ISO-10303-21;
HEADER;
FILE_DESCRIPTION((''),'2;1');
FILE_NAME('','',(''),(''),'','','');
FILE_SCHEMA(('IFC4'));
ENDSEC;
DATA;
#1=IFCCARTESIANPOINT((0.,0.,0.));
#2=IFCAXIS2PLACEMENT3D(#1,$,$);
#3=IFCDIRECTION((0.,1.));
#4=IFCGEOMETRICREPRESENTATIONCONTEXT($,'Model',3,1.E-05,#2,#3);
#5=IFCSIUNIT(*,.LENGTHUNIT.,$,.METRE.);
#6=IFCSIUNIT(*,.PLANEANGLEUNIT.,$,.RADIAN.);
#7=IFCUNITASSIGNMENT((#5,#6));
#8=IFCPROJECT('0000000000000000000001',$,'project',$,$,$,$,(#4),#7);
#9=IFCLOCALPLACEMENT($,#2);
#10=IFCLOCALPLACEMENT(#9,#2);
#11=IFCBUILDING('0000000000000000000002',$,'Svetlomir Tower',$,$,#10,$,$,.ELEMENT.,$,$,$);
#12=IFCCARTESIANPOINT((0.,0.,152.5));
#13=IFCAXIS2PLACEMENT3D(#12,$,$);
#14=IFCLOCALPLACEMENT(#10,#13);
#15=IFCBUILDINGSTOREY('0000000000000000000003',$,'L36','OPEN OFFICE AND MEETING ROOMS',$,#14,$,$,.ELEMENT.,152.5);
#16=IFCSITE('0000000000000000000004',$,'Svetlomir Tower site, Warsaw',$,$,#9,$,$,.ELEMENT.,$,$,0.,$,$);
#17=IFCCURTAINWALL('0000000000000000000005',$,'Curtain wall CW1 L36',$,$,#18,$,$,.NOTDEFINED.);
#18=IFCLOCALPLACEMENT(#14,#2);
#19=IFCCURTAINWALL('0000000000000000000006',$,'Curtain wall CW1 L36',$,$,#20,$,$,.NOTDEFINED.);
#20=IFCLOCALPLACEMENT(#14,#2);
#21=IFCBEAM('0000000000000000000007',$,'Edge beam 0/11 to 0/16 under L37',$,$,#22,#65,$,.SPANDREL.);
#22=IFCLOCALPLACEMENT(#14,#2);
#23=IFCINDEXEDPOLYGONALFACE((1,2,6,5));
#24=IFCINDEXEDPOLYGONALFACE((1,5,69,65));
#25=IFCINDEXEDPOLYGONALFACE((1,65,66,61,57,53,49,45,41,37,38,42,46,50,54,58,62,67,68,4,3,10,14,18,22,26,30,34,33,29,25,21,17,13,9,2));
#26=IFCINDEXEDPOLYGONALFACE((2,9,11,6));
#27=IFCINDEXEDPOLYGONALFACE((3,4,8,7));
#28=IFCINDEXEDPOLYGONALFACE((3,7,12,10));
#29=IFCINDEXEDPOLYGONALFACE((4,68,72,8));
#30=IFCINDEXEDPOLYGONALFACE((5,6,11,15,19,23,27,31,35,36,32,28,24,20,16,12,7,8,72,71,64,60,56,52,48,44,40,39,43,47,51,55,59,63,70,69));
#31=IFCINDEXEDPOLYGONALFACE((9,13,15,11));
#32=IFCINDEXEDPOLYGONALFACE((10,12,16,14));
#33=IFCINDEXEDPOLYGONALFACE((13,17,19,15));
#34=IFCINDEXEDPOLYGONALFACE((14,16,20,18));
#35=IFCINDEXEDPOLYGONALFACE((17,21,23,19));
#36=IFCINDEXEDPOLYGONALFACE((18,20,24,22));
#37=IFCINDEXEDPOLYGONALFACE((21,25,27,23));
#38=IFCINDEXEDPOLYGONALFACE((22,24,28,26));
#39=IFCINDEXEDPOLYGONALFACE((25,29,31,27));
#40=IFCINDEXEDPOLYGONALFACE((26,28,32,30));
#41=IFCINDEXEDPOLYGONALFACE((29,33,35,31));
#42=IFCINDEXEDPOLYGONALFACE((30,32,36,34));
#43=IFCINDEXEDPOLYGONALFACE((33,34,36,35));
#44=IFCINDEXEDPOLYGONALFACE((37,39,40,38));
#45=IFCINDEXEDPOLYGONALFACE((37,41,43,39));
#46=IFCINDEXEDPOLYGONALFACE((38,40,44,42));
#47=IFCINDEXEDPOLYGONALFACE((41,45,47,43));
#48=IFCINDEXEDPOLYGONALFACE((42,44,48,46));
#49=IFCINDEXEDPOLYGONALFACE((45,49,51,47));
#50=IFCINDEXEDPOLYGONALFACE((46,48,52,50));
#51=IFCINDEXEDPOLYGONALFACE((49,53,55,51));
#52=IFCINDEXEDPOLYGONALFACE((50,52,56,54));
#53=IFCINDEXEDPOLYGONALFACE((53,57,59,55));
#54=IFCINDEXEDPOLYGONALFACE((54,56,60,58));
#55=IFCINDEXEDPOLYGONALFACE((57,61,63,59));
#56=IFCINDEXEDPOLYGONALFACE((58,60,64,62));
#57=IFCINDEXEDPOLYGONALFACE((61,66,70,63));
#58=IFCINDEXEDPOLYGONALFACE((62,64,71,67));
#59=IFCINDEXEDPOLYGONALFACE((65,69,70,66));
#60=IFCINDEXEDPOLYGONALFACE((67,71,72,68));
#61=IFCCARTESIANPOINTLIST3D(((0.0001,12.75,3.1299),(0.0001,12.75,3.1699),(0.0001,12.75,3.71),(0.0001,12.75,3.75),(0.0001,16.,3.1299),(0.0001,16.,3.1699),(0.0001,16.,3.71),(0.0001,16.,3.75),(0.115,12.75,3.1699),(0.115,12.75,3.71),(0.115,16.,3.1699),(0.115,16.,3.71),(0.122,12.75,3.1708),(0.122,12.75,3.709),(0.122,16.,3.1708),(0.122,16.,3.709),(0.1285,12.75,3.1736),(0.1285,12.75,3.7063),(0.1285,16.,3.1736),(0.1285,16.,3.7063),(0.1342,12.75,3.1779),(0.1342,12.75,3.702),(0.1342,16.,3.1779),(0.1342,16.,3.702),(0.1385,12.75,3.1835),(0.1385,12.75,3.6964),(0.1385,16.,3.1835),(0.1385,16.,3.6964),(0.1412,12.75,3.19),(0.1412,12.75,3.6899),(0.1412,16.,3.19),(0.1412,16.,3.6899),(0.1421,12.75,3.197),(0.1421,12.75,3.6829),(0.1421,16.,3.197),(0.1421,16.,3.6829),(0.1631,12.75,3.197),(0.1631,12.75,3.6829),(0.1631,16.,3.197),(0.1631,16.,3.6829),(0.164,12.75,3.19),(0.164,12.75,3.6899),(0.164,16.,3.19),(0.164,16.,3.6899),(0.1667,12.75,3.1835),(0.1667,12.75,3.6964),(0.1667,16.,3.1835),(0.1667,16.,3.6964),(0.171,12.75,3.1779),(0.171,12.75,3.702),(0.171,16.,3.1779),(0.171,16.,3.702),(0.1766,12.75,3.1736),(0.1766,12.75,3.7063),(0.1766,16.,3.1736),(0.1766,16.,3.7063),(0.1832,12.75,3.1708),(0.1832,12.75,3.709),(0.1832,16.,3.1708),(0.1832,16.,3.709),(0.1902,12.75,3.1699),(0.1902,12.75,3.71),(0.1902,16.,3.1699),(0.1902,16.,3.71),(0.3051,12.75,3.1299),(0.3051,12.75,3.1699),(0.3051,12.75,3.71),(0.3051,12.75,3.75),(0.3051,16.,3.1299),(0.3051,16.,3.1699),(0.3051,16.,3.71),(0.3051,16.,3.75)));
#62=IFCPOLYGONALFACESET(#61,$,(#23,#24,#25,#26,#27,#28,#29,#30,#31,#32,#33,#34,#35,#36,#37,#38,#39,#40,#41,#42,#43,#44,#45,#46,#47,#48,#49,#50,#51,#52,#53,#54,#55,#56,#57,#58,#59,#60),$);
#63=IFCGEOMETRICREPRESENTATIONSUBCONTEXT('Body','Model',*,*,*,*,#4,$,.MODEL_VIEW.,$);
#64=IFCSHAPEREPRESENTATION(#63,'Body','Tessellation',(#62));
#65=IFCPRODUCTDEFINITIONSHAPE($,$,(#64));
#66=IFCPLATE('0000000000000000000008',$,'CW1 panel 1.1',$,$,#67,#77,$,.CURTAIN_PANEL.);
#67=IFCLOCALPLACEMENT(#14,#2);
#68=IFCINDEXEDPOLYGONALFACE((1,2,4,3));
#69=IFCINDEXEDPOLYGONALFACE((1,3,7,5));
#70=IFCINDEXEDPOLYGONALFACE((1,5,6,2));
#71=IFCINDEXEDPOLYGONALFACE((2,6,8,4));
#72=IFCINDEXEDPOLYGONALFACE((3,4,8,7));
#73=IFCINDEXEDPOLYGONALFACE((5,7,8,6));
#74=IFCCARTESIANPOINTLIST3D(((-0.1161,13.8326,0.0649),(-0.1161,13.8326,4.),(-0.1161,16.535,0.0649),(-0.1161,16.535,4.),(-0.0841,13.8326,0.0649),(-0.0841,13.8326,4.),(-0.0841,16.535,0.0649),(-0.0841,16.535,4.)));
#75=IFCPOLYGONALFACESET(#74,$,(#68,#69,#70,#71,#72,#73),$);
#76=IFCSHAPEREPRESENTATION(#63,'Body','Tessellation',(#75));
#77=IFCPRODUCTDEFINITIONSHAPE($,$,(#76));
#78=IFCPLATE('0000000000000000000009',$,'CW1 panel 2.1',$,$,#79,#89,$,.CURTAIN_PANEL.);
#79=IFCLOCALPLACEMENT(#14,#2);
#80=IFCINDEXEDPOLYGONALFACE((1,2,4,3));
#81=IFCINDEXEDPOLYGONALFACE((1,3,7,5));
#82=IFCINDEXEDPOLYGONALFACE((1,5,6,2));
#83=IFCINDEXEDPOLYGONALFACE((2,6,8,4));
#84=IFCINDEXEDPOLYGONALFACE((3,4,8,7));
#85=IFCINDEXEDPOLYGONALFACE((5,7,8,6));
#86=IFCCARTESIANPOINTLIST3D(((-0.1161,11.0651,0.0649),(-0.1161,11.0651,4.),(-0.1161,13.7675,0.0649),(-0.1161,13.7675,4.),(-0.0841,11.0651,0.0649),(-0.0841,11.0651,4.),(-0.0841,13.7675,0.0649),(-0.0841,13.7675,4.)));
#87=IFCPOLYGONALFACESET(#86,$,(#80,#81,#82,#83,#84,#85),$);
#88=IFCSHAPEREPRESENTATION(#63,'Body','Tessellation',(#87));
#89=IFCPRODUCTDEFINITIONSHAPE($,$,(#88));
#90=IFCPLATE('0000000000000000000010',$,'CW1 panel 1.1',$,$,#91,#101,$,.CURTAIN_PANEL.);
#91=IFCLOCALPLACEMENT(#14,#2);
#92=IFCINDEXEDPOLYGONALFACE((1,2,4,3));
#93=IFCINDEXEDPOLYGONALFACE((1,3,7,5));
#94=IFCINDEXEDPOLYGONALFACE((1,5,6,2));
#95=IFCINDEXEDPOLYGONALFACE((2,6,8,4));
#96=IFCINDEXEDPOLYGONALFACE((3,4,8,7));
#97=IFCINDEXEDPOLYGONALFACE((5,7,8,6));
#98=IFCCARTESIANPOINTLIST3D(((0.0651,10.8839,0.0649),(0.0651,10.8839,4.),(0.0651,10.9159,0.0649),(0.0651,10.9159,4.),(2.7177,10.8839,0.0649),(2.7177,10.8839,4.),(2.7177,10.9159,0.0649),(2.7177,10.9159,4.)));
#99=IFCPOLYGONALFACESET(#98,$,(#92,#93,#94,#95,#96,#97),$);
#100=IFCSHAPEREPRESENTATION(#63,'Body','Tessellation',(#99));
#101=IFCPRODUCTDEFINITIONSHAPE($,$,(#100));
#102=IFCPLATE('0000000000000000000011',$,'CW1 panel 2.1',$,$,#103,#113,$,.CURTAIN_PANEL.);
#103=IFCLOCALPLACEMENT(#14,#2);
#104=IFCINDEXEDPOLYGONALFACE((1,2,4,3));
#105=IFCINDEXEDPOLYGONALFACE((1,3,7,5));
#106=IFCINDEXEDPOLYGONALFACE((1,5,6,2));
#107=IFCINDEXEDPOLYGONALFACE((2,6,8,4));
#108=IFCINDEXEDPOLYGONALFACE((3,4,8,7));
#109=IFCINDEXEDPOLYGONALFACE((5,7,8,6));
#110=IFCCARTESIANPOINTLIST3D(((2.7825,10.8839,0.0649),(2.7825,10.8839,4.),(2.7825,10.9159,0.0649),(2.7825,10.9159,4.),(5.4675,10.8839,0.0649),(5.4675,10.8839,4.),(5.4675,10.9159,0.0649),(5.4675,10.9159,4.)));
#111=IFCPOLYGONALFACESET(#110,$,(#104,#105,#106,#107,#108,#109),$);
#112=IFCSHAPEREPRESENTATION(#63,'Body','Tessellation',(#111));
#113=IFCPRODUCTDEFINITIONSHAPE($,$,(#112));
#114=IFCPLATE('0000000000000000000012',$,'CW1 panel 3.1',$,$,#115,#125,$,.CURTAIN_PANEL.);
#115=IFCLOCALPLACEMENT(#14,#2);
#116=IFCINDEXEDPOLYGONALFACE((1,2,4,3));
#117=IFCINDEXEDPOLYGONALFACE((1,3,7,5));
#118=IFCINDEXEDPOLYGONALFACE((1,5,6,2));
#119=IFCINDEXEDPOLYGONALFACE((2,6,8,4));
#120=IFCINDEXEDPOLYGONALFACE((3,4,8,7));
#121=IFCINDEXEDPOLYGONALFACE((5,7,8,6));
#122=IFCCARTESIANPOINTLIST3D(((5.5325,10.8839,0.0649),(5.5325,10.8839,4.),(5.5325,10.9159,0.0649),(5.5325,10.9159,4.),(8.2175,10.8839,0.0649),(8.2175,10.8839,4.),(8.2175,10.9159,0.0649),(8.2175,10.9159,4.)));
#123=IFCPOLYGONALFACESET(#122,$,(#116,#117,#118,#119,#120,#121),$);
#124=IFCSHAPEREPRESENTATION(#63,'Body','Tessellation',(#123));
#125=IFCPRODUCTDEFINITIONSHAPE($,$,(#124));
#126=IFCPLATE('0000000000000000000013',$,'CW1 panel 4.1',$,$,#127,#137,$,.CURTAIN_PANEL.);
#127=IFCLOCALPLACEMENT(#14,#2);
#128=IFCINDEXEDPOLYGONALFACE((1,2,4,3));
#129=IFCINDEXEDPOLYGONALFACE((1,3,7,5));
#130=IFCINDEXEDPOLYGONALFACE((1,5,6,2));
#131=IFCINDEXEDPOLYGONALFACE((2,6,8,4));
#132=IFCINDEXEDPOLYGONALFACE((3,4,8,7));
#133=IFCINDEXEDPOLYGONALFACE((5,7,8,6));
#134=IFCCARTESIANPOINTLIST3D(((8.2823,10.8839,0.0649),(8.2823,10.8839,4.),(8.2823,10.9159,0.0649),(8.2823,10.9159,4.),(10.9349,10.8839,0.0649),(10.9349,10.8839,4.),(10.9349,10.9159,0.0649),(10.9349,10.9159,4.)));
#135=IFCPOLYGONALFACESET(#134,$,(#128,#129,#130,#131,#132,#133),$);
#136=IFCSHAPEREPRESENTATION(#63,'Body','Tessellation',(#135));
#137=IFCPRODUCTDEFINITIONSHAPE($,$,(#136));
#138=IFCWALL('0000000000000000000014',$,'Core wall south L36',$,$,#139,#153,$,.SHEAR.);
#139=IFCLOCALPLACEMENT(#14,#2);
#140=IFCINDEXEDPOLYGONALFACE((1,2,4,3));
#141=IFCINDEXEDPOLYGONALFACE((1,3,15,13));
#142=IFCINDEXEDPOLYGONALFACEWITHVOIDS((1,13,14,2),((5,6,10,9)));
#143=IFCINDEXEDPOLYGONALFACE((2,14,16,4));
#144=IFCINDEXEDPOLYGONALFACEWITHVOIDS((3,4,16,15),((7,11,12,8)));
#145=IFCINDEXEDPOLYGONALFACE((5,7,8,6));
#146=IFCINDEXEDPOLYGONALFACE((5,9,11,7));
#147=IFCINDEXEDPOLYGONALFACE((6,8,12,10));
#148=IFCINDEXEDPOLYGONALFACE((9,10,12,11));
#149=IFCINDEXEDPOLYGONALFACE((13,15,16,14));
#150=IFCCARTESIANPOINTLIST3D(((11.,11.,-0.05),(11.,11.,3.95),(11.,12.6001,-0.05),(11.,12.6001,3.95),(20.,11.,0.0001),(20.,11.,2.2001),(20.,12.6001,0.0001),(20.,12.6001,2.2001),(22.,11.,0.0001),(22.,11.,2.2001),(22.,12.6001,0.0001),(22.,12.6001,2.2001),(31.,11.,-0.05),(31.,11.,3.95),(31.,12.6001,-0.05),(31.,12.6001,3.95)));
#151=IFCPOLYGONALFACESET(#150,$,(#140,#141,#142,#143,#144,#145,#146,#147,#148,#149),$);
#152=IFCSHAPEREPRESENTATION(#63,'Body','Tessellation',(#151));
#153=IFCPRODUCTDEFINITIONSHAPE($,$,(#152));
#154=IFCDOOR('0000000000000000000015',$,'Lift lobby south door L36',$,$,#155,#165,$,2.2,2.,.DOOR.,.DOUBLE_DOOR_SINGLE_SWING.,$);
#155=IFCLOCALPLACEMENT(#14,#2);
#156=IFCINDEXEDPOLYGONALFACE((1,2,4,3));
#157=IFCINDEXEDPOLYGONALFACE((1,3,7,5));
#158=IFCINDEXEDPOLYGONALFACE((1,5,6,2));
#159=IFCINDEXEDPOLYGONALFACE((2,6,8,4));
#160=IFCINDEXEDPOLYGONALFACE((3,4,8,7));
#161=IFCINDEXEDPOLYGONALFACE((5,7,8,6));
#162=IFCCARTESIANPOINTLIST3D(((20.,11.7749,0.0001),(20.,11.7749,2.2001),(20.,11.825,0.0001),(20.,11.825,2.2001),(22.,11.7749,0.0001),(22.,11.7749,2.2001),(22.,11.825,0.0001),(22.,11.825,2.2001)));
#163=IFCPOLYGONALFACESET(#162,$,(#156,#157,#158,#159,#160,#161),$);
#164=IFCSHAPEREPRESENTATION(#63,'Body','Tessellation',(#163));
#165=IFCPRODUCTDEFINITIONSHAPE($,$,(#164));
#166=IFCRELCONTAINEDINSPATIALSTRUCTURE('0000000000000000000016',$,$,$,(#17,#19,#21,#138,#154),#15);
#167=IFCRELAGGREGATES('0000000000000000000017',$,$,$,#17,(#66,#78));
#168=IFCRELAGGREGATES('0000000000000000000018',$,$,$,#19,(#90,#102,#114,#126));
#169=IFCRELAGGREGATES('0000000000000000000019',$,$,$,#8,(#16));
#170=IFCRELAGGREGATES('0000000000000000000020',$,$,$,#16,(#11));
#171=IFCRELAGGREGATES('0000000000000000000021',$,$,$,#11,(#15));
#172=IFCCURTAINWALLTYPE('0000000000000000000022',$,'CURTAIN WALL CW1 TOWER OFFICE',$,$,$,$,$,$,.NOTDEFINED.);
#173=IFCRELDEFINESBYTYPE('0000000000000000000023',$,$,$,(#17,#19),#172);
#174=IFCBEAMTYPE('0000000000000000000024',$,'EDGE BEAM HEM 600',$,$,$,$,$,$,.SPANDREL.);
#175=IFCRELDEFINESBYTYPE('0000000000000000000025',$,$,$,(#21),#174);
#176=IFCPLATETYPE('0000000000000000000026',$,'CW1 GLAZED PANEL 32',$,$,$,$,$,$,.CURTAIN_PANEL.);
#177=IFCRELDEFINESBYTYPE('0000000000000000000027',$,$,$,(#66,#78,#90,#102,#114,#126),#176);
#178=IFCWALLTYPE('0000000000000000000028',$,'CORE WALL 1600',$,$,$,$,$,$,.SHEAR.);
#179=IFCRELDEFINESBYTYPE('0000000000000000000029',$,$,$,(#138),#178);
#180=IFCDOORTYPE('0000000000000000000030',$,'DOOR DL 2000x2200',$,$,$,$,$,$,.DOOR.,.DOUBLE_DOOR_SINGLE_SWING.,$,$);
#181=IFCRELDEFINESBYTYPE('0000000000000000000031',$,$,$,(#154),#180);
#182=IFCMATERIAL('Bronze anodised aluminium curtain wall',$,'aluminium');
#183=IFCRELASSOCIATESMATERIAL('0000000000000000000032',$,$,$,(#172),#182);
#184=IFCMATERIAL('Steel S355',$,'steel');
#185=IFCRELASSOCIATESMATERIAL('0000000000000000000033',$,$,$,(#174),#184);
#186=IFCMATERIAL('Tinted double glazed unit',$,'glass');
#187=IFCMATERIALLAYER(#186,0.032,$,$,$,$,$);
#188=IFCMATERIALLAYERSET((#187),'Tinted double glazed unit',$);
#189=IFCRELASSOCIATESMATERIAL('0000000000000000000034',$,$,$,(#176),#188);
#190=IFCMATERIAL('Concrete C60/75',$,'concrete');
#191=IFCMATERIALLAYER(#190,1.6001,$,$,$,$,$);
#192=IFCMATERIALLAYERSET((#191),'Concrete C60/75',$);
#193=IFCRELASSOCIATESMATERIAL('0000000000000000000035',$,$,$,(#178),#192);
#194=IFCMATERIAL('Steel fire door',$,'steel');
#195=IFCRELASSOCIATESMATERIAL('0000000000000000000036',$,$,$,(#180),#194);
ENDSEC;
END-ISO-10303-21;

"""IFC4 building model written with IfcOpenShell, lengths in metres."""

from ifc_helpers import new_model, si_unit, direction, frame, frame_2d, origin, origin_2d, place, context, subcontext, project, spatial, rectangle, i_section, extrude, material, layer, layer_set, material_profile, profile_set, type_object, element, fill, aggregate, save


model = new_model("IFC4")

# Units and contexts
model_context = context("Model", 3, precision=1e-05, world=origin(), true_north=direction((0.0, 1.0)))
body_context = subcontext(model_context, "Body", "Model", "MODEL_VIEW")
ifc_project = project(units=[si_unit("LENGTHUNIT", "METRE"), si_unit("PLANEANGLEUNIT", "RADIAN")], contexts=[model_context])

# Site, building, storey
site_placement = place(None, origin())
site = spatial("IfcSite", under=ifc_project, at=site_placement, Name="Svetlomir Tower site, Warsaw", CompositionType="ELEMENT", RefElevation=0.0)
building_placement = place(site_placement, origin())
building = spatial("IfcBuilding", under=site, at=building_placement, Name="Svetlomir Tower", CompositionType="ELEMENT")
storey_placement = place(building_placement, frame((0.0, 0.0, 152.5)))
storey = spatial("IfcBuildingStorey", under=building, at=storey_placement, Name="L36", Description="OPEN OFFICE AND MEETING ROOMS", CompositionType="ELEMENT", Elevation=152.5)

# Curtain walls
ifc_material_1 = material(Name="Bronze anodised aluminium curtain wall", Category="aluminium")
curtain_wall_type = type_object("IfcCurtainWallType", Name="CURTAIN WALL CW1 TOWER OFFICE", PredefinedType="NOTDEFINED", material=ifc_material_1)
curtain_wall_1_placement = place(storey_placement, origin())
curtain_wall_1 = element("IfcCurtainWall", 1, at=curtain_wall_1_placement, inside=storey, type_object=curtain_wall_type, Name="Curtain wall CW1 L36", PredefinedType="NOTDEFINED")
curtain_wall_2_placement = place(storey_placement, origin())
curtain_wall_2 = element("IfcCurtainWall", 2, at=curtain_wall_2_placement, inside=storey, type_object=curtain_wall_type, Name="Curtain wall CW1 L36", PredefinedType="NOTDEFINED")

# Beam
ifc_material_2 = material(Name="Steel S355", Category="steel")
ifc_material_profile_1 = material_profile(ifc_material_2, i_section(OverallWidth=0.3049, OverallDepth=0.6201, WebThickness=0.021, FlangeThickness=0.04, FilletRadius=0.0271, at=origin_2d()), Name="HEM 600")
ifc_profile_set_1 = profile_set([ifc_material_profile_1], Name="Steel S355")
beam_type = type_object("IfcBeamType", Name="EDGE BEAM HEM 600", PredefinedType="SPANDREL", material=ifc_profile_set_1)
beam_placement = place(storey_placement, frame((0.1526, 12.75, 3.4399), z_axis=(0.0, 1.0, 0.0), x_axis=(-1.0, 0.0, 0.0)))
element("IfcBeam", 3, at=beam_placement, inside=storey, type_object=beam_type, Name="Edge beam 0/11 to 0/16 under L37", PredefinedType="SPANDREL", context=body_context, shape_type="SweptSolid", body=[
    extrude(i_section(OverallWidth=0.3049, OverallDepth=0.6201, WebThickness=0.021, FlangeThickness=0.04, FilletRadius=0.0271, at=origin_2d()), origin(), (0.0, 0.0, 1.0), 3.25),
])

# Plates
ifc_material_3 = material(Name="Tinted double glazed unit", Category="glass")
ifc_layer_1 = layer(ifc_material_3, 0.032)
ifc_layer_set_1 = layer_set([ifc_layer_1], Name="Tinted double glazed unit")
plate_type = type_object("IfcPlateType", Name="CW1 GLAZED PANEL 32", PredefinedType="CURTAIN_PANEL", material=ifc_layer_set_1)
plate_1_placement = place(storey_placement, frame((-0.1001, 15.1838, 0.0649), z_axis=(0.0, 0.0, 1.0), x_axis=(0.0, -1.0, 0.0)))
plate_1 = element("IfcPlate", 4, at=plate_1_placement, type_object=plate_type, Name="CW1 panel 1.1", PredefinedType="CURTAIN_PANEL", context=body_context, shape_type="SweptSolid", body=[
    extrude(rectangle(XDim=2.7024, YDim=0.032, at=origin_2d()), origin(), (0.0, 0.0, 1.0), 3.9351),
])
plate_2_placement = place(storey_placement, frame((-0.1001, 12.4163, 0.0649), z_axis=(0.0, 0.0, 1.0), x_axis=(0.0, -1.0, 0.0)))
plate_2 = element("IfcPlate", 5, at=plate_2_placement, type_object=plate_type, Name="CW1 panel 2.1", PredefinedType="CURTAIN_PANEL", context=body_context, shape_type="SweptSolid", body=[
    extrude(rectangle(XDim=2.7024, YDim=0.032, at=origin_2d()), origin(), (0.0, 0.0, 1.0), 3.9351),
])
aggregate(curtain_wall_1, [plate_1, plate_2])
plate_3_placement = place(storey_placement, frame((1.3914, 10.8999, 0.0649), z_axis=(0.0, 0.0, 1.0), x_axis=(1.0, 0.0, 0.0)))
plate_3 = element("IfcPlate", 6, at=plate_3_placement, type_object=plate_type, Name="CW1 panel 1.1", PredefinedType="CURTAIN_PANEL", context=body_context, shape_type="SweptSolid", body=[
    extrude(rectangle(XDim=2.6526, YDim=0.032, at=origin_2d()), origin(), (0.0, 0.0, 1.0), 3.9351),
])
plate_4_placement = place(storey_placement, frame((4.125, 10.8999, 0.0649), z_axis=(0.0, 0.0, 1.0), x_axis=(1.0, 0.0, 0.0)))
plate_4 = element("IfcPlate", 7, at=plate_4_placement, type_object=plate_type, Name="CW1 panel 2.1", PredefinedType="CURTAIN_PANEL", context=body_context, shape_type="SweptSolid", body=[
    extrude(rectangle(XDim=2.6851, YDim=0.032, at=origin_2d()), origin(), (0.0, 0.0, 1.0), 3.9351),
])
plate_5_placement = place(storey_placement, frame((6.875, 10.8999, 0.0649), z_axis=(0.0, 0.0, 1.0), x_axis=(1.0, 0.0, 0.0)))
plate_5 = element("IfcPlate", 8, at=plate_5_placement, type_object=plate_type, Name="CW1 panel 3.1", PredefinedType="CURTAIN_PANEL", context=body_context, shape_type="SweptSolid", body=[
    extrude(rectangle(XDim=2.6851, YDim=0.032, at=origin_2d()), origin(), (0.0, 0.0, 1.0), 3.9351),
])
plate_6_placement = place(storey_placement, frame((9.6086, 10.8999, 0.0649), z_axis=(0.0, 0.0, 1.0), x_axis=(1.0, 0.0, 0.0)))
plate_6 = element("IfcPlate", 9, at=plate_6_placement, type_object=plate_type, Name="CW1 panel 4.1", PredefinedType="CURTAIN_PANEL", context=body_context, shape_type="SweptSolid", body=[
    extrude(rectangle(XDim=2.6526, YDim=0.032, at=origin_2d()), origin(), (0.0, 0.0, 1.0), 3.9351),
])
aggregate(curtain_wall_2, [plate_3, plate_4, plate_5, plate_6])

# Wall, opening, door
ifc_material_4 = material(Name="Concrete C60/75", Category="concrete")
ifc_layer_2 = layer(ifc_material_4, 1.6001)
ifc_layer_set_2 = layer_set([ifc_layer_2], Name="Concrete C60/75")
wall_type_1 = type_object("IfcWallType", Name="CORE WALL 1600", PredefinedType="SHEAR", material=ifc_layer_set_2)
wall_1_placement = place(storey_placement, frame((11.0, 11.8, -0.05), z_axis=(0.0, 0.0, 1.0), x_axis=(1.0, 0.0, 0.0)))
wall_1 = element("IfcWall", 10, at=wall_1_placement, inside=storey, type_object=wall_type_1, Name="Core wall south L36", PredefinedType="SHEAR", context=body_context, shape_type="SweptSolid", body=[
    extrude(rectangle(XDim=20.0, YDim=1.6001, at=frame_2d((10.0, 0.0))), origin(), (0.0, 0.0, 1.0), 4.0),
])
opening_1_placement = place(wall_1_placement, frame((9.0, 0.0, 0.05)))
opening_1 = element("IfcOpeningElement", 11, at=opening_1_placement, cuts=wall_1, PredefinedType="OPENING", context=body_context, shape_type="SweptSolid", body=[
    extrude(rectangle(XDim=2.0, YDim=2.2, at=frame_2d((1.0, 1.1001))), frame((0.0, 0.8101, 0.0), z_axis=(0.0, -1.0, 0.0), x_axis=(1.0, 0.0, 0.0)), (0.0, 0.0, 1.0), 1.6201),
])
ifc_material_5 = material(Name="Steel fire door", Category="steel")
door_type_1 = type_object("IfcDoorType", Name="DOOR DL 2000x2200", OperationType="DOUBLE_DOOR_SINGLE_SWING", PredefinedType="DOOR", material=ifc_material_5)
door_1_placement = place(opening_1_placement, origin())
door_1 = element("IfcDoor", 12, at=door_1_placement, inside=storey, type_object=door_type_1, Name="Lift lobby south door L36", OperationType="DOUBLE_DOOR_SINGLE_SWING", OverallHeight=2.2, OverallWidth=2.0, PredefinedType="DOOR", context=body_context, shape_type="SweptSolid", body=[
    extrude(rectangle(XDim=2.0, YDim=2.2, at=frame_2d((1.0, 1.1001))), frame((0.0, 0.0249, 0.0), z_axis=(0.0, -1.0, 0.0), x_axis=(1.0, 0.0, 0.0)), (0.0, 0.0, 1.0), 0.05),
])
fill(opening_1, door_1)

save(model, "model.ifc")
